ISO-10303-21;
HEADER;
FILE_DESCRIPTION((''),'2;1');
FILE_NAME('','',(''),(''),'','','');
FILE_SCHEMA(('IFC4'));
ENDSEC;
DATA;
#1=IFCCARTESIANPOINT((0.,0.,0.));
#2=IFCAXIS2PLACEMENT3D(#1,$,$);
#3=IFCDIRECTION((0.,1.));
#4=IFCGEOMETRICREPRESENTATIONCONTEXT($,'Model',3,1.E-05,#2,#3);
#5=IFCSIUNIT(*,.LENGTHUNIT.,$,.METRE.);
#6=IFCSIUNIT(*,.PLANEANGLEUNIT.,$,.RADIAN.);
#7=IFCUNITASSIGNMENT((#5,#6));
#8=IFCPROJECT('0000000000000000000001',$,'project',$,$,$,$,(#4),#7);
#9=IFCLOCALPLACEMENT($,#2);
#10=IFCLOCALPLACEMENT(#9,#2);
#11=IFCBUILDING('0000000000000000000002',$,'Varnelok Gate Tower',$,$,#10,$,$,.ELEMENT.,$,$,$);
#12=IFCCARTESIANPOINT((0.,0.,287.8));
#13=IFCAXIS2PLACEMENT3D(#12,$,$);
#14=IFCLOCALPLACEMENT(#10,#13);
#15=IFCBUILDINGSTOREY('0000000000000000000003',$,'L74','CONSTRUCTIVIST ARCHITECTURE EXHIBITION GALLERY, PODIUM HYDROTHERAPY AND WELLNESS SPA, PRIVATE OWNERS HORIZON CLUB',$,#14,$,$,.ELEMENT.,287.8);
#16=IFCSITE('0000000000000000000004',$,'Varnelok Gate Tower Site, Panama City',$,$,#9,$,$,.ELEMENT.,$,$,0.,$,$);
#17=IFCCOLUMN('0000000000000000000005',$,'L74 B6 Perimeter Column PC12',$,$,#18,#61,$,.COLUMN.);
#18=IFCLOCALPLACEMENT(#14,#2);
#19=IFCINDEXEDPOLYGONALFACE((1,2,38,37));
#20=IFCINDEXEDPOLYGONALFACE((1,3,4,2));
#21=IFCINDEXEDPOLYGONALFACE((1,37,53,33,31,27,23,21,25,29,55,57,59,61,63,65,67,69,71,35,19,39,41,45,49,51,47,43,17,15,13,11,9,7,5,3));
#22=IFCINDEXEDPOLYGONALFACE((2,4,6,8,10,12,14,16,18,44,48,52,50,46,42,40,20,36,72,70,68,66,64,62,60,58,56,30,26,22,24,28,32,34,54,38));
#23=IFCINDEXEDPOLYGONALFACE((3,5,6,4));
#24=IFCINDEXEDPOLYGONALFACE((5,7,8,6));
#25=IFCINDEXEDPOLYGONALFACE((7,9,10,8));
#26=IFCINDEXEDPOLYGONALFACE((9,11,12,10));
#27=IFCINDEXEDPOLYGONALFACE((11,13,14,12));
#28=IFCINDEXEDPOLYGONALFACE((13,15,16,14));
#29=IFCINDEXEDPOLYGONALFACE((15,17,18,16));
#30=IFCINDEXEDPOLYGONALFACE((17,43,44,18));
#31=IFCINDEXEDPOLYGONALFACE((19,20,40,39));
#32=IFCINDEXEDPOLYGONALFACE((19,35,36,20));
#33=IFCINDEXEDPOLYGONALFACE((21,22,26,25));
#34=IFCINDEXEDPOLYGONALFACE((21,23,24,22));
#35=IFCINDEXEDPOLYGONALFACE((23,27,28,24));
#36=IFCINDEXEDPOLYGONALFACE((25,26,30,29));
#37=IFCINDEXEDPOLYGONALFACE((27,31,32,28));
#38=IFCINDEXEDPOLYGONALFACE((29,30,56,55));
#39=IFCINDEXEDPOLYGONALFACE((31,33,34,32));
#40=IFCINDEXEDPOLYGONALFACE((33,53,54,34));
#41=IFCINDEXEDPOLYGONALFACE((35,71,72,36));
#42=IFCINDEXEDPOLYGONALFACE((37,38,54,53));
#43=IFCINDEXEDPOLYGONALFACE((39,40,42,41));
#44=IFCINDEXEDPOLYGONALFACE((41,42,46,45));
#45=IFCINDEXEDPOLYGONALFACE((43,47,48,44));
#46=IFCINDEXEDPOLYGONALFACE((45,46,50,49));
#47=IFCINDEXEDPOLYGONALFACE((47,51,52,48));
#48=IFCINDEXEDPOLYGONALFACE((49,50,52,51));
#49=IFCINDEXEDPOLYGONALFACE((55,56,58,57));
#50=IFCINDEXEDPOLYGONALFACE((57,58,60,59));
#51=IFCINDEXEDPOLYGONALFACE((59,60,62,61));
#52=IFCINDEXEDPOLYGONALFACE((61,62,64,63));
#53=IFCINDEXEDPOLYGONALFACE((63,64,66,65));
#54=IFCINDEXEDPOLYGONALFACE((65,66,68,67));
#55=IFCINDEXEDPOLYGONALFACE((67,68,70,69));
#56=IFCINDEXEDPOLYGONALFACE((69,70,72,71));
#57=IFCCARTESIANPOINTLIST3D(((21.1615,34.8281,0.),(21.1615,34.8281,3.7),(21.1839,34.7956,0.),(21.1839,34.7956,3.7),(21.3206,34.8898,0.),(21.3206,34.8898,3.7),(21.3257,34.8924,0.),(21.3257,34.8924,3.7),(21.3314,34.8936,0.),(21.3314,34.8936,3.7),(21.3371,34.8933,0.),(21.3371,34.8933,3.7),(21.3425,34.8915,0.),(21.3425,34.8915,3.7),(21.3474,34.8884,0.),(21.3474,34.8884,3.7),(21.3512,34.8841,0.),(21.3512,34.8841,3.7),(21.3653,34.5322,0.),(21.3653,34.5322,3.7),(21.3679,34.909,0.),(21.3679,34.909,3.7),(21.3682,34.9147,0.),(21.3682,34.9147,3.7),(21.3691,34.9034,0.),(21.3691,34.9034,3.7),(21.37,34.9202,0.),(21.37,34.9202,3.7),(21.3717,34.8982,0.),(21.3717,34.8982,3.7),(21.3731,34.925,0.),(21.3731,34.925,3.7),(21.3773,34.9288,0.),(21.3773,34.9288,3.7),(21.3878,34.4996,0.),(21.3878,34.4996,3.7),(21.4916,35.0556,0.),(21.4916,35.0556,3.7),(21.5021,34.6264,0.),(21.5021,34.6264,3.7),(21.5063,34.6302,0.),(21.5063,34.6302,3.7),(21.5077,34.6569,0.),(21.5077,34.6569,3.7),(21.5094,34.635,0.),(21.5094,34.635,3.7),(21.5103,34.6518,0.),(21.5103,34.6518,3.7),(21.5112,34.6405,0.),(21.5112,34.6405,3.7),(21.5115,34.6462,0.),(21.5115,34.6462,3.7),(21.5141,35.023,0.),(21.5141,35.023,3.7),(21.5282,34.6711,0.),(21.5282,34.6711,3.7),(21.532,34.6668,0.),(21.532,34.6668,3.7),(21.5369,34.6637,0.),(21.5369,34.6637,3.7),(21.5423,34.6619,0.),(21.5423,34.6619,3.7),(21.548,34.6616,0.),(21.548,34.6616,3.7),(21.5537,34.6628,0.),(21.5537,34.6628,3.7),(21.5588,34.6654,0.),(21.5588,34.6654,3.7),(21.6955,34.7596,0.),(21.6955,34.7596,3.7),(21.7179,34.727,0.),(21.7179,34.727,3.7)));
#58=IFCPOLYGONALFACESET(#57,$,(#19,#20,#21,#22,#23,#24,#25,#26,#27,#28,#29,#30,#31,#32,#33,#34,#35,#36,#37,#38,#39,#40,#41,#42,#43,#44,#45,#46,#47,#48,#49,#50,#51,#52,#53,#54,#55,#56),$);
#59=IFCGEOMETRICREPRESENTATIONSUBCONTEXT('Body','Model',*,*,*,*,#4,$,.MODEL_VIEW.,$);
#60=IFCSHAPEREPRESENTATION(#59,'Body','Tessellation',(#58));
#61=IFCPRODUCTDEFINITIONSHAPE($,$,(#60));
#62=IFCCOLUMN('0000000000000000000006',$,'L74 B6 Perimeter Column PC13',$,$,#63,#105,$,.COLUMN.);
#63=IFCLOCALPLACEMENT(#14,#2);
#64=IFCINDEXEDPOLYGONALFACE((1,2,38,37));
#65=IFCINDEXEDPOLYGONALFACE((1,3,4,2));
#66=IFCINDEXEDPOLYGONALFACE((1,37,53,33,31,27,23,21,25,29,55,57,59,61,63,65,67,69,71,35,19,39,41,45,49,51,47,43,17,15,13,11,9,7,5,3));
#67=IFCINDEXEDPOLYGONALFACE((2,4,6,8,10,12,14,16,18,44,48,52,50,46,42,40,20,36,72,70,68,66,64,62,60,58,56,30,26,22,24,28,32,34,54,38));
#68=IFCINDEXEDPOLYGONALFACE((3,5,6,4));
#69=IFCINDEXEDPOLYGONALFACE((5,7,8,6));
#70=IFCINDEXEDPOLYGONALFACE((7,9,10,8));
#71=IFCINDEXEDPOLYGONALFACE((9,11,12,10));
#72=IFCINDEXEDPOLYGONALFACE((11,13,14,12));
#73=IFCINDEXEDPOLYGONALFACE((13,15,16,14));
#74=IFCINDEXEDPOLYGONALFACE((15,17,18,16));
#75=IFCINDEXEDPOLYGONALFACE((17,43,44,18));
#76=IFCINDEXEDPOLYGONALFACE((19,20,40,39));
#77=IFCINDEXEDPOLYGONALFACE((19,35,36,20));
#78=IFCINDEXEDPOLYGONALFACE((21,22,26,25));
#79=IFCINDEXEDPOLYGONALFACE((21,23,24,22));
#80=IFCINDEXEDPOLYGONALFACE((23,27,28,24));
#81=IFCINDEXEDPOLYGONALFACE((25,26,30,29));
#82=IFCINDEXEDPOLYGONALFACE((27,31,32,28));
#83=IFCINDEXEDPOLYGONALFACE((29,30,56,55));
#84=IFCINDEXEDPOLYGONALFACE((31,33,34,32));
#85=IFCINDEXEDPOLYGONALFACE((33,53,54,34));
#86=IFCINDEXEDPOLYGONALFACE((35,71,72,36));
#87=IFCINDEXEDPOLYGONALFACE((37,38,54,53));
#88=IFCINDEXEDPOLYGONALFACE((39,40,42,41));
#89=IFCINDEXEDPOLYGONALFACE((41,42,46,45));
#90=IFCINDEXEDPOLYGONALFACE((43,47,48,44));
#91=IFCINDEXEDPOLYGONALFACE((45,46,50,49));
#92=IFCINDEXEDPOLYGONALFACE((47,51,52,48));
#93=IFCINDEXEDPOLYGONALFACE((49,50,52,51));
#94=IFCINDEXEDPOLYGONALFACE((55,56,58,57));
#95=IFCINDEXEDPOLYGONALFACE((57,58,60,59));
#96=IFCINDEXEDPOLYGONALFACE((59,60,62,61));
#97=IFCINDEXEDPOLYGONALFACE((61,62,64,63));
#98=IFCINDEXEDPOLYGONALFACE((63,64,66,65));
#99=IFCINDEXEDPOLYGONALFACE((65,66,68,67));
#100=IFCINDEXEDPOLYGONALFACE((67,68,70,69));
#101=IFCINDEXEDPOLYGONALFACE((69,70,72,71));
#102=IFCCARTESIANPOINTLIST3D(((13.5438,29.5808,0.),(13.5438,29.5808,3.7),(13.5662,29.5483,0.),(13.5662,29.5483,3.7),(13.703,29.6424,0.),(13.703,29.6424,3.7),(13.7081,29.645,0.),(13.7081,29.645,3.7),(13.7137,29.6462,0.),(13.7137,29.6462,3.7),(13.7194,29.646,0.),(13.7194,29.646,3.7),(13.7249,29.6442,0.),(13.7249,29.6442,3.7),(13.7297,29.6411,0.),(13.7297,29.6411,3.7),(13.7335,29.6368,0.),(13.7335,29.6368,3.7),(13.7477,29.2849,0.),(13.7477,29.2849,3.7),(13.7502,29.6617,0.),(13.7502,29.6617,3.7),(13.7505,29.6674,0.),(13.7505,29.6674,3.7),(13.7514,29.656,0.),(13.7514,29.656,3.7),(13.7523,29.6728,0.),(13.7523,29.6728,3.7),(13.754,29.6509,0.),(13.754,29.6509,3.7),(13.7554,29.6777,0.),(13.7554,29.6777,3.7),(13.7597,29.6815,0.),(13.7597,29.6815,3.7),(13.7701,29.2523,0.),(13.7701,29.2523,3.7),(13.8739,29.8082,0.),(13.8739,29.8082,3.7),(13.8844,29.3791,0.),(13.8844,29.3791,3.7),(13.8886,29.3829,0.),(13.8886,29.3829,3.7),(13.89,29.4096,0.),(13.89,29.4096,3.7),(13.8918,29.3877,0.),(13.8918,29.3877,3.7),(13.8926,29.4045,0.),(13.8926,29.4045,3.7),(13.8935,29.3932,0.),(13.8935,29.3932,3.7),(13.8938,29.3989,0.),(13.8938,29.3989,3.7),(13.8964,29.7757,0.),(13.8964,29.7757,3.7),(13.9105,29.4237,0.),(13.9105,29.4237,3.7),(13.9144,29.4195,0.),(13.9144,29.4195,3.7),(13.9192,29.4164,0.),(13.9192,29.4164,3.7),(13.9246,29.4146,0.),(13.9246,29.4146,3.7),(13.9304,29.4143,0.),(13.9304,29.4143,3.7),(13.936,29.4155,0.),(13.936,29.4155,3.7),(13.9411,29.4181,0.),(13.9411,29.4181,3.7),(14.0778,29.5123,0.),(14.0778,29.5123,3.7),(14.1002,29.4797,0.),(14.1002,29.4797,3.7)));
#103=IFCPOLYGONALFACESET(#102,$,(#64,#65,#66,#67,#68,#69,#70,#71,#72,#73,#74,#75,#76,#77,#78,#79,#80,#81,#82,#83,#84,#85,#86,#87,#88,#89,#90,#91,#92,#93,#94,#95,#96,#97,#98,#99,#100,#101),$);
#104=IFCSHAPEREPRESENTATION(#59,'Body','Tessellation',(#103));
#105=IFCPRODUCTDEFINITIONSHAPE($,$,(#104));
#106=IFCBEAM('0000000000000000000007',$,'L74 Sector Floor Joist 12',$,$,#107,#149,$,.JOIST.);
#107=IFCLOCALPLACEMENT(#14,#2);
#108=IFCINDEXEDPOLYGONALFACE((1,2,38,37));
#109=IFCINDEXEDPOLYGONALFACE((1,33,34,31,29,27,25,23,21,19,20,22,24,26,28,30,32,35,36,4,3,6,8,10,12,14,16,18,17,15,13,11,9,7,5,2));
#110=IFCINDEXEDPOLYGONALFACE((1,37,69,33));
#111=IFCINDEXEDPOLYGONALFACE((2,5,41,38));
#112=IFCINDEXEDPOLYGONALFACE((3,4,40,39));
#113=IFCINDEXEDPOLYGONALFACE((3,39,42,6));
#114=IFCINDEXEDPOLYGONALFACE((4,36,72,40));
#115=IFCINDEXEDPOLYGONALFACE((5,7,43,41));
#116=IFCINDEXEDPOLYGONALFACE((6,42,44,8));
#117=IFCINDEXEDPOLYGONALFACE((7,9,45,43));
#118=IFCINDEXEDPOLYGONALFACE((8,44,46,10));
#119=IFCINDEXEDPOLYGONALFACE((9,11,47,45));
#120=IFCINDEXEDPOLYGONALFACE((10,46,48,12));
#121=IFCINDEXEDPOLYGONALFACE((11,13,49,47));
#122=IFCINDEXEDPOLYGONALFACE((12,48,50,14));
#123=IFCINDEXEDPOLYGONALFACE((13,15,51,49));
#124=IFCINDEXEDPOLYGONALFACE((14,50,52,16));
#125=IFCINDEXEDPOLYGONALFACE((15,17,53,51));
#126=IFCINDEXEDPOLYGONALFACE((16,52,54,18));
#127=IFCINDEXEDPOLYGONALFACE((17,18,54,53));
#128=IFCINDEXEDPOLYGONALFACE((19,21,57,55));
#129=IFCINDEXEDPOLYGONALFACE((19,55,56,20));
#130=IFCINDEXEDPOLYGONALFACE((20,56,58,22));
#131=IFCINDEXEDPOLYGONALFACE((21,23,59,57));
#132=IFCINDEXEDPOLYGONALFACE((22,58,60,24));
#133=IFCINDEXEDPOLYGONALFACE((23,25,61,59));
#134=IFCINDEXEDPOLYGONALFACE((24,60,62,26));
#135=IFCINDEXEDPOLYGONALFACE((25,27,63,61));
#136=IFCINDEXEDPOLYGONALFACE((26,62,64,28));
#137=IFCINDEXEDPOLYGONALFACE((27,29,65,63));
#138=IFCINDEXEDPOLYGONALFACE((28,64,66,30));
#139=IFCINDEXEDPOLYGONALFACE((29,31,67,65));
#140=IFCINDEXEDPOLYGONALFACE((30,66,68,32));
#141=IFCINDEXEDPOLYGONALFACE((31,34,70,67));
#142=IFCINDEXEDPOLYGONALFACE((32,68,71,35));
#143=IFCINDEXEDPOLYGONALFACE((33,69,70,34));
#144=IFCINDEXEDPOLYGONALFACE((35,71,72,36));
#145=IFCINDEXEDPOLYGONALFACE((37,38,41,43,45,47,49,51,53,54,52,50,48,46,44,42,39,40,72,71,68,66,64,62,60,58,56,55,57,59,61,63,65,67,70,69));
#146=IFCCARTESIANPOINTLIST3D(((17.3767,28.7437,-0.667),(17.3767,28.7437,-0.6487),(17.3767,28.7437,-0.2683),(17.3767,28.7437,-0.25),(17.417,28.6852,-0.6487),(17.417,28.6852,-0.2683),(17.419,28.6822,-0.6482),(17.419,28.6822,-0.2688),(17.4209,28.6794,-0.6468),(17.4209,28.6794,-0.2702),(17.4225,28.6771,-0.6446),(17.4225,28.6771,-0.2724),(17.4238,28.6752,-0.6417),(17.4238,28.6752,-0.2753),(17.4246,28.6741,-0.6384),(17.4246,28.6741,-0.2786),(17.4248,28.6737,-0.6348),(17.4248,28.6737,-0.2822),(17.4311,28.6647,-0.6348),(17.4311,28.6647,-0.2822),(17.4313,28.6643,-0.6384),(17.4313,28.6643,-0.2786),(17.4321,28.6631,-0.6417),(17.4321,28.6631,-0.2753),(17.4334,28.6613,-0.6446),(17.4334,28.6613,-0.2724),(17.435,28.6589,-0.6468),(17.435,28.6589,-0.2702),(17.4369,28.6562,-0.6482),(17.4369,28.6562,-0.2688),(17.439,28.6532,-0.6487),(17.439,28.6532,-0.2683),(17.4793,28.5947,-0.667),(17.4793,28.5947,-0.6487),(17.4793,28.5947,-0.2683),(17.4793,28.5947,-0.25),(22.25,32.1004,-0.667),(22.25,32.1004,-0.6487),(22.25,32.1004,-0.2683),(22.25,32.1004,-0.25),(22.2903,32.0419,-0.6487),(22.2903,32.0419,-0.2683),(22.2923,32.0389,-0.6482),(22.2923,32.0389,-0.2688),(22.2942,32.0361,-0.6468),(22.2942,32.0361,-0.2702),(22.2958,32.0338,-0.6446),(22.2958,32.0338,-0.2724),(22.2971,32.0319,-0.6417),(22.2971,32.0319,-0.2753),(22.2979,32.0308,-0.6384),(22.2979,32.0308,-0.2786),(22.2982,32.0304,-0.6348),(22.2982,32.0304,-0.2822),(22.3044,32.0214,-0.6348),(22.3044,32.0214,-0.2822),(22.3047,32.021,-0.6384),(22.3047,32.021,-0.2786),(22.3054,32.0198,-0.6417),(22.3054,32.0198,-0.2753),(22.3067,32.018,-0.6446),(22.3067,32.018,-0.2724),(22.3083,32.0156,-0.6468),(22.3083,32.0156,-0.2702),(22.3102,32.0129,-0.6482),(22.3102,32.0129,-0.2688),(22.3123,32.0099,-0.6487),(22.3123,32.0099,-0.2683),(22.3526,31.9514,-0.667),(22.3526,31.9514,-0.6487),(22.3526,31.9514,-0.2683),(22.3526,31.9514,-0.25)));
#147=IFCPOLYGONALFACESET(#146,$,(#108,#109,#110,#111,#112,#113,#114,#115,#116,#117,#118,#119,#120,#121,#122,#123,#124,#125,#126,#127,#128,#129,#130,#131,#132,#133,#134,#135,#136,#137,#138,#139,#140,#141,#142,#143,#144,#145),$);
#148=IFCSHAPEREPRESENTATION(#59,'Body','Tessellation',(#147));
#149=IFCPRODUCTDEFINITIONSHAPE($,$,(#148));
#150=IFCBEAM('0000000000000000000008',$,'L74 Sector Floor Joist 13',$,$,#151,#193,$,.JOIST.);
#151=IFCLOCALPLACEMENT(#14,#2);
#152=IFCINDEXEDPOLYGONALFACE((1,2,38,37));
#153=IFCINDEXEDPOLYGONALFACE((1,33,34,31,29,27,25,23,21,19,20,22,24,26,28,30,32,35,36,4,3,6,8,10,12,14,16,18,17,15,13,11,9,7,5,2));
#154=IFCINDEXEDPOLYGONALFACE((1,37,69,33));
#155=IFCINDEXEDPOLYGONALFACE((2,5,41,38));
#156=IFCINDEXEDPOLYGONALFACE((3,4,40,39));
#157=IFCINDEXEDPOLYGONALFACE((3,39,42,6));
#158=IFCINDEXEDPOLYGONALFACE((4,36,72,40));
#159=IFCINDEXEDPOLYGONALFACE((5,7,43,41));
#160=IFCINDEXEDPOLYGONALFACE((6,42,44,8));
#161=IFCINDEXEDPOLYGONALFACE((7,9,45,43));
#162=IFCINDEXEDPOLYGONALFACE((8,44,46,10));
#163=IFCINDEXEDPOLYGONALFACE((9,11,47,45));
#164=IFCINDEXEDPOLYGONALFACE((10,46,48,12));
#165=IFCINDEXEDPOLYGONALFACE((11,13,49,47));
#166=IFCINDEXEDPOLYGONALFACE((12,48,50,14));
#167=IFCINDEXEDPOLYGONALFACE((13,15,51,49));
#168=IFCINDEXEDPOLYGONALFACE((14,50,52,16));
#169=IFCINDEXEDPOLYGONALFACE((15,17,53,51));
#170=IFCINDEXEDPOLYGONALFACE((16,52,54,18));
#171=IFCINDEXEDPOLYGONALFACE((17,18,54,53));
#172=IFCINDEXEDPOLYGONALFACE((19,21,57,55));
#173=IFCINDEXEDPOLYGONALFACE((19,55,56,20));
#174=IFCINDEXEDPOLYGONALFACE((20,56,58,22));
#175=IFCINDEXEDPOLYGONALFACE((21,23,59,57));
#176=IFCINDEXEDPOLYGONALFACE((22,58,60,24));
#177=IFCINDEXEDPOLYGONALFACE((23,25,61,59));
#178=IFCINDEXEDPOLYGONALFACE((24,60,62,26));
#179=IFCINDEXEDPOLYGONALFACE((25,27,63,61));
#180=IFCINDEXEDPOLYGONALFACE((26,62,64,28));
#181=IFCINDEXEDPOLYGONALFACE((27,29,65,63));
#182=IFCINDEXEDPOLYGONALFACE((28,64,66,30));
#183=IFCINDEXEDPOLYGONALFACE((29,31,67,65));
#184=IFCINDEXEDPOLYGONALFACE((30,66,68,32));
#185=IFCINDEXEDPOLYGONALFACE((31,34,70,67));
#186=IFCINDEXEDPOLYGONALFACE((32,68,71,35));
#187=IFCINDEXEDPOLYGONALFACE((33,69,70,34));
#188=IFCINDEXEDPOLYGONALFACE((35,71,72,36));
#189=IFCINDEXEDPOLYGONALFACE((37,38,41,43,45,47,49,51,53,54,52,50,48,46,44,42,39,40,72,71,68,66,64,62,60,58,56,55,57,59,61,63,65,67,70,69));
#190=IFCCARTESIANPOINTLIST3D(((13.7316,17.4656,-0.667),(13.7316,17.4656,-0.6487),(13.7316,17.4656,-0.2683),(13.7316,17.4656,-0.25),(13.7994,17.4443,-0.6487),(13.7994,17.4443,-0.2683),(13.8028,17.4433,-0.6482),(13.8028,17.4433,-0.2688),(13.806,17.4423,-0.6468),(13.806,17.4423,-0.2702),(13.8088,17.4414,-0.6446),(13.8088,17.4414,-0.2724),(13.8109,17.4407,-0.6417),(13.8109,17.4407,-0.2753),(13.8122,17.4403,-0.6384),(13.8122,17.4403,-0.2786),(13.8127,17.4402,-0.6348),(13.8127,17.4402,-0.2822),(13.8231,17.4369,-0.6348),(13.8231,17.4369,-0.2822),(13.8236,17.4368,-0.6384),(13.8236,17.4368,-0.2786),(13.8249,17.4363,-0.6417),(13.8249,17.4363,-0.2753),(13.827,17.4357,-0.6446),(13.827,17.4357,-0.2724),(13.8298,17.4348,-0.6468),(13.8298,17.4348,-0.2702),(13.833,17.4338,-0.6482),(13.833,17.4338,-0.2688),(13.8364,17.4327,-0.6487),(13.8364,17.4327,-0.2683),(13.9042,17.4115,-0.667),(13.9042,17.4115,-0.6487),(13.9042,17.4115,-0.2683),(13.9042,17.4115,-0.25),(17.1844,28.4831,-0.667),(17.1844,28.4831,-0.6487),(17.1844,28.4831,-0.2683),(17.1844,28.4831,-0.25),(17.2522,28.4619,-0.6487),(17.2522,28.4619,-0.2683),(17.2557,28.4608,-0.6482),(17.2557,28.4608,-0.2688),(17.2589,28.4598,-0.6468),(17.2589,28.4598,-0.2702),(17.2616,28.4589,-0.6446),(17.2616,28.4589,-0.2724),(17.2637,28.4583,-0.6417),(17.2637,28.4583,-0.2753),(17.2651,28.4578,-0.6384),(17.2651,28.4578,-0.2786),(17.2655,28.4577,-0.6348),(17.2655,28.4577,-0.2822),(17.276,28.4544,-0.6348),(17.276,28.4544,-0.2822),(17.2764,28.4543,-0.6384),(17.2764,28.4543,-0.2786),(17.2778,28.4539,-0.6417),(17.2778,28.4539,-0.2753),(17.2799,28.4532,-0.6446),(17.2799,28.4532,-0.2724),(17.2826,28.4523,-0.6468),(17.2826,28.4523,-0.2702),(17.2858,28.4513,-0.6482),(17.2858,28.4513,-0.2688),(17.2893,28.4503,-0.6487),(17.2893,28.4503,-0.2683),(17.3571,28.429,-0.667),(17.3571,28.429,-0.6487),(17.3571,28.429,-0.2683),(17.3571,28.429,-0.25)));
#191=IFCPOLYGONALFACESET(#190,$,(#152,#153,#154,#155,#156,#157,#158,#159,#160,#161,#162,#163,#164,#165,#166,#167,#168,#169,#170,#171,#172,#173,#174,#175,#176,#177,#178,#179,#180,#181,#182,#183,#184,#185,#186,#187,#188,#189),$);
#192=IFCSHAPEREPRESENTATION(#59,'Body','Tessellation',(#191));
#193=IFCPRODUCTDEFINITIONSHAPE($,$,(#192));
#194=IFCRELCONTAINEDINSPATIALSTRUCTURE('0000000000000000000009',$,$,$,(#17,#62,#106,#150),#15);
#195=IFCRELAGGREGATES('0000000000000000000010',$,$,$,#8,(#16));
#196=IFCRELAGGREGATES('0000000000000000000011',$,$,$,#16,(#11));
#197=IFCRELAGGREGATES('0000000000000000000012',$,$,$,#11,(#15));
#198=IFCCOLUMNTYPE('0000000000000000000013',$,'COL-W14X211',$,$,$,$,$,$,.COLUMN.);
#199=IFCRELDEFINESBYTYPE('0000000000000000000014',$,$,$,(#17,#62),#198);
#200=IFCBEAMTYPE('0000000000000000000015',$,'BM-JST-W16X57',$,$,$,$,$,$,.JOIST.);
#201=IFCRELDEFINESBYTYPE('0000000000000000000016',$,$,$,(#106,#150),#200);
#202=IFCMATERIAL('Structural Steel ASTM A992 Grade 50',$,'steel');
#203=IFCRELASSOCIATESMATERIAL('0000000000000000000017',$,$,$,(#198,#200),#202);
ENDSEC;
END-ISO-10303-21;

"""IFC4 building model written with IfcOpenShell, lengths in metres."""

from ifc_helpers import new_model, si_unit, direction, frame, origin, origin_2d, place, context, subcontext, project, spatial, i_section, extrude, material, material_profile, profile_set, type_object, element, save


model = new_model("IFC4")

# Units and contexts
model_context = context("Model", 3, precision=1e-05, world=origin(), true_north=direction((0.0, 1.0)))
body_context = subcontext(model_context, "Body", "Model", "MODEL_VIEW")
ifc_project = project(units=[si_unit("LENGTHUNIT", "METRE"), si_unit("PLANEANGLEUNIT", "RADIAN")], contexts=[model_context])

# Site, building, storey
site_placement = place(None, origin())
site = spatial("IfcSite", under=ifc_project, at=site_placement, Name="Varnelok Gate Tower Site, Panama City", CompositionType="ELEMENT", RefElevation=0.0)
building_placement = place(site_placement, origin())
building = spatial("IfcBuilding", under=site, at=building_placement, Name="Varnelok Gate Tower", CompositionType="ELEMENT")
storey_placement = place(building_placement, frame((0.0, 0.0, 287.8)))
storey = spatial("IfcBuildingStorey", under=building, at=storey_placement, Name="L74", Description="CONSTRUCTIVIST ARCHITECTURE EXHIBITION GALLERY, PODIUM HYDROTHERAPY AND WELLNESS SPA, PRIVATE OWNERS HORIZON CLUB", CompositionType="ELEMENT", Elevation=287.8)

# Columns
ifc_material_1 = material(Name="Structural Steel ASTM A992 Grade 50", Category="steel")
ifc_material_profile_1 = material_profile(ifc_material_1, i_section(OverallWidth=0.4009, OverallDepth=0.3989, WebThickness=0.0249, FlangeThickness=0.0396, FilletRadius=0.022, at=origin_2d()), Name="W14X211")
ifc_profile_set_1 = profile_set([ifc_material_profile_1], Name="Structural Steel ASTM A992 Grade 50")
column_type = type_object("IfcColumnType", Name="COL-W14X211", PredefinedType="COLUMN", material=ifc_profile_set_1)
for number, where, z_axis, x_axis, name in (
    (1, (21.4397, 34.7776, 0.0), (0.0, 0.0, 1.0), (0.823533, 0.567269, 0.0), "L74 B6 Perimeter Column PC12"),
    (2, (13.822, 29.5303, 0.0), (0.0, 0.0, 1.0), (0.823533, 0.567269, 0.0), "L74 B6 Perimeter Column PC13"),
):
    element("IfcColumn", number, at=place(storey_placement, frame(where, z_axis=z_axis, x_axis=x_axis)), inside=storey, type_object=column_type, Name=name, PredefinedType="COLUMN", context=body_context, shape_type="SweptSolid", body=[
        extrude(i_section(OverallWidth=0.4009, OverallDepth=0.3989, WebThickness=0.0249, FlangeThickness=0.0396, FilletRadius=0.022, at=origin_2d()), origin(), (0.0, 0.0, 1.0), 3.7),
    ])

# Beams
ifc_material_profile_2 = material_profile(ifc_material_1, i_section(OverallWidth=0.1809, OverallDepth=0.417, WebThickness=0.011, FlangeThickness=0.0183, FilletRadius=0.0139, at=origin_2d()), Name="W16X57")
ifc_profile_set_2 = profile_set([ifc_material_profile_2], Name="Structural Steel ASTM A992 Grade 50")
beam_type_1 = type_object("IfcBeamType", Name="BM-JST-W16X57", PredefinedType="JOIST", material=ifc_profile_set_2)
beam_1_placement = place(storey_placement, frame((22.3013, 32.0259, -0.4585), z_axis=(-0.823544, -0.567252, 0.0), x_axis=(0.567252, -0.823544, 0.0)))
element("IfcBeam", 3, at=beam_1_placement, inside=storey, type_object=beam_type_1, Name="L74 Sector Floor Joist 12", PredefinedType="JOIST", context=body_context, shape_type="SweptSolid", body=[
    extrude(i_section(OverallWidth=0.1809, OverallDepth=0.417, WebThickness=0.011, FlangeThickness=0.0183, FilletRadius=0.0139, at=origin_2d()), origin(), (0.0, 0.0, 1.0), 5.9175),
])
beam_2_placement = place(storey_placement, frame((17.2708, 28.4561, -0.4585), z_axis=(-0.299055, -0.954236, 0.0), x_axis=(0.954236, -0.299055, 0.0)))
element("IfcBeam", 4, at=beam_2_placement, inside=storey, type_object=beam_type_1, Name="L74 Sector Floor Joist 13", PredefinedType="JOIST", context=body_context, shape_type="SweptSolid", body=[
    extrude(i_section(OverallWidth=0.1809, OverallDepth=0.417, WebThickness=0.011, FlangeThickness=0.0183, FilletRadius=0.0139, at=origin_2d()), origin(), (0.0, 0.0, 1.0), 11.5459),
])

save(model, "model.ifc")
